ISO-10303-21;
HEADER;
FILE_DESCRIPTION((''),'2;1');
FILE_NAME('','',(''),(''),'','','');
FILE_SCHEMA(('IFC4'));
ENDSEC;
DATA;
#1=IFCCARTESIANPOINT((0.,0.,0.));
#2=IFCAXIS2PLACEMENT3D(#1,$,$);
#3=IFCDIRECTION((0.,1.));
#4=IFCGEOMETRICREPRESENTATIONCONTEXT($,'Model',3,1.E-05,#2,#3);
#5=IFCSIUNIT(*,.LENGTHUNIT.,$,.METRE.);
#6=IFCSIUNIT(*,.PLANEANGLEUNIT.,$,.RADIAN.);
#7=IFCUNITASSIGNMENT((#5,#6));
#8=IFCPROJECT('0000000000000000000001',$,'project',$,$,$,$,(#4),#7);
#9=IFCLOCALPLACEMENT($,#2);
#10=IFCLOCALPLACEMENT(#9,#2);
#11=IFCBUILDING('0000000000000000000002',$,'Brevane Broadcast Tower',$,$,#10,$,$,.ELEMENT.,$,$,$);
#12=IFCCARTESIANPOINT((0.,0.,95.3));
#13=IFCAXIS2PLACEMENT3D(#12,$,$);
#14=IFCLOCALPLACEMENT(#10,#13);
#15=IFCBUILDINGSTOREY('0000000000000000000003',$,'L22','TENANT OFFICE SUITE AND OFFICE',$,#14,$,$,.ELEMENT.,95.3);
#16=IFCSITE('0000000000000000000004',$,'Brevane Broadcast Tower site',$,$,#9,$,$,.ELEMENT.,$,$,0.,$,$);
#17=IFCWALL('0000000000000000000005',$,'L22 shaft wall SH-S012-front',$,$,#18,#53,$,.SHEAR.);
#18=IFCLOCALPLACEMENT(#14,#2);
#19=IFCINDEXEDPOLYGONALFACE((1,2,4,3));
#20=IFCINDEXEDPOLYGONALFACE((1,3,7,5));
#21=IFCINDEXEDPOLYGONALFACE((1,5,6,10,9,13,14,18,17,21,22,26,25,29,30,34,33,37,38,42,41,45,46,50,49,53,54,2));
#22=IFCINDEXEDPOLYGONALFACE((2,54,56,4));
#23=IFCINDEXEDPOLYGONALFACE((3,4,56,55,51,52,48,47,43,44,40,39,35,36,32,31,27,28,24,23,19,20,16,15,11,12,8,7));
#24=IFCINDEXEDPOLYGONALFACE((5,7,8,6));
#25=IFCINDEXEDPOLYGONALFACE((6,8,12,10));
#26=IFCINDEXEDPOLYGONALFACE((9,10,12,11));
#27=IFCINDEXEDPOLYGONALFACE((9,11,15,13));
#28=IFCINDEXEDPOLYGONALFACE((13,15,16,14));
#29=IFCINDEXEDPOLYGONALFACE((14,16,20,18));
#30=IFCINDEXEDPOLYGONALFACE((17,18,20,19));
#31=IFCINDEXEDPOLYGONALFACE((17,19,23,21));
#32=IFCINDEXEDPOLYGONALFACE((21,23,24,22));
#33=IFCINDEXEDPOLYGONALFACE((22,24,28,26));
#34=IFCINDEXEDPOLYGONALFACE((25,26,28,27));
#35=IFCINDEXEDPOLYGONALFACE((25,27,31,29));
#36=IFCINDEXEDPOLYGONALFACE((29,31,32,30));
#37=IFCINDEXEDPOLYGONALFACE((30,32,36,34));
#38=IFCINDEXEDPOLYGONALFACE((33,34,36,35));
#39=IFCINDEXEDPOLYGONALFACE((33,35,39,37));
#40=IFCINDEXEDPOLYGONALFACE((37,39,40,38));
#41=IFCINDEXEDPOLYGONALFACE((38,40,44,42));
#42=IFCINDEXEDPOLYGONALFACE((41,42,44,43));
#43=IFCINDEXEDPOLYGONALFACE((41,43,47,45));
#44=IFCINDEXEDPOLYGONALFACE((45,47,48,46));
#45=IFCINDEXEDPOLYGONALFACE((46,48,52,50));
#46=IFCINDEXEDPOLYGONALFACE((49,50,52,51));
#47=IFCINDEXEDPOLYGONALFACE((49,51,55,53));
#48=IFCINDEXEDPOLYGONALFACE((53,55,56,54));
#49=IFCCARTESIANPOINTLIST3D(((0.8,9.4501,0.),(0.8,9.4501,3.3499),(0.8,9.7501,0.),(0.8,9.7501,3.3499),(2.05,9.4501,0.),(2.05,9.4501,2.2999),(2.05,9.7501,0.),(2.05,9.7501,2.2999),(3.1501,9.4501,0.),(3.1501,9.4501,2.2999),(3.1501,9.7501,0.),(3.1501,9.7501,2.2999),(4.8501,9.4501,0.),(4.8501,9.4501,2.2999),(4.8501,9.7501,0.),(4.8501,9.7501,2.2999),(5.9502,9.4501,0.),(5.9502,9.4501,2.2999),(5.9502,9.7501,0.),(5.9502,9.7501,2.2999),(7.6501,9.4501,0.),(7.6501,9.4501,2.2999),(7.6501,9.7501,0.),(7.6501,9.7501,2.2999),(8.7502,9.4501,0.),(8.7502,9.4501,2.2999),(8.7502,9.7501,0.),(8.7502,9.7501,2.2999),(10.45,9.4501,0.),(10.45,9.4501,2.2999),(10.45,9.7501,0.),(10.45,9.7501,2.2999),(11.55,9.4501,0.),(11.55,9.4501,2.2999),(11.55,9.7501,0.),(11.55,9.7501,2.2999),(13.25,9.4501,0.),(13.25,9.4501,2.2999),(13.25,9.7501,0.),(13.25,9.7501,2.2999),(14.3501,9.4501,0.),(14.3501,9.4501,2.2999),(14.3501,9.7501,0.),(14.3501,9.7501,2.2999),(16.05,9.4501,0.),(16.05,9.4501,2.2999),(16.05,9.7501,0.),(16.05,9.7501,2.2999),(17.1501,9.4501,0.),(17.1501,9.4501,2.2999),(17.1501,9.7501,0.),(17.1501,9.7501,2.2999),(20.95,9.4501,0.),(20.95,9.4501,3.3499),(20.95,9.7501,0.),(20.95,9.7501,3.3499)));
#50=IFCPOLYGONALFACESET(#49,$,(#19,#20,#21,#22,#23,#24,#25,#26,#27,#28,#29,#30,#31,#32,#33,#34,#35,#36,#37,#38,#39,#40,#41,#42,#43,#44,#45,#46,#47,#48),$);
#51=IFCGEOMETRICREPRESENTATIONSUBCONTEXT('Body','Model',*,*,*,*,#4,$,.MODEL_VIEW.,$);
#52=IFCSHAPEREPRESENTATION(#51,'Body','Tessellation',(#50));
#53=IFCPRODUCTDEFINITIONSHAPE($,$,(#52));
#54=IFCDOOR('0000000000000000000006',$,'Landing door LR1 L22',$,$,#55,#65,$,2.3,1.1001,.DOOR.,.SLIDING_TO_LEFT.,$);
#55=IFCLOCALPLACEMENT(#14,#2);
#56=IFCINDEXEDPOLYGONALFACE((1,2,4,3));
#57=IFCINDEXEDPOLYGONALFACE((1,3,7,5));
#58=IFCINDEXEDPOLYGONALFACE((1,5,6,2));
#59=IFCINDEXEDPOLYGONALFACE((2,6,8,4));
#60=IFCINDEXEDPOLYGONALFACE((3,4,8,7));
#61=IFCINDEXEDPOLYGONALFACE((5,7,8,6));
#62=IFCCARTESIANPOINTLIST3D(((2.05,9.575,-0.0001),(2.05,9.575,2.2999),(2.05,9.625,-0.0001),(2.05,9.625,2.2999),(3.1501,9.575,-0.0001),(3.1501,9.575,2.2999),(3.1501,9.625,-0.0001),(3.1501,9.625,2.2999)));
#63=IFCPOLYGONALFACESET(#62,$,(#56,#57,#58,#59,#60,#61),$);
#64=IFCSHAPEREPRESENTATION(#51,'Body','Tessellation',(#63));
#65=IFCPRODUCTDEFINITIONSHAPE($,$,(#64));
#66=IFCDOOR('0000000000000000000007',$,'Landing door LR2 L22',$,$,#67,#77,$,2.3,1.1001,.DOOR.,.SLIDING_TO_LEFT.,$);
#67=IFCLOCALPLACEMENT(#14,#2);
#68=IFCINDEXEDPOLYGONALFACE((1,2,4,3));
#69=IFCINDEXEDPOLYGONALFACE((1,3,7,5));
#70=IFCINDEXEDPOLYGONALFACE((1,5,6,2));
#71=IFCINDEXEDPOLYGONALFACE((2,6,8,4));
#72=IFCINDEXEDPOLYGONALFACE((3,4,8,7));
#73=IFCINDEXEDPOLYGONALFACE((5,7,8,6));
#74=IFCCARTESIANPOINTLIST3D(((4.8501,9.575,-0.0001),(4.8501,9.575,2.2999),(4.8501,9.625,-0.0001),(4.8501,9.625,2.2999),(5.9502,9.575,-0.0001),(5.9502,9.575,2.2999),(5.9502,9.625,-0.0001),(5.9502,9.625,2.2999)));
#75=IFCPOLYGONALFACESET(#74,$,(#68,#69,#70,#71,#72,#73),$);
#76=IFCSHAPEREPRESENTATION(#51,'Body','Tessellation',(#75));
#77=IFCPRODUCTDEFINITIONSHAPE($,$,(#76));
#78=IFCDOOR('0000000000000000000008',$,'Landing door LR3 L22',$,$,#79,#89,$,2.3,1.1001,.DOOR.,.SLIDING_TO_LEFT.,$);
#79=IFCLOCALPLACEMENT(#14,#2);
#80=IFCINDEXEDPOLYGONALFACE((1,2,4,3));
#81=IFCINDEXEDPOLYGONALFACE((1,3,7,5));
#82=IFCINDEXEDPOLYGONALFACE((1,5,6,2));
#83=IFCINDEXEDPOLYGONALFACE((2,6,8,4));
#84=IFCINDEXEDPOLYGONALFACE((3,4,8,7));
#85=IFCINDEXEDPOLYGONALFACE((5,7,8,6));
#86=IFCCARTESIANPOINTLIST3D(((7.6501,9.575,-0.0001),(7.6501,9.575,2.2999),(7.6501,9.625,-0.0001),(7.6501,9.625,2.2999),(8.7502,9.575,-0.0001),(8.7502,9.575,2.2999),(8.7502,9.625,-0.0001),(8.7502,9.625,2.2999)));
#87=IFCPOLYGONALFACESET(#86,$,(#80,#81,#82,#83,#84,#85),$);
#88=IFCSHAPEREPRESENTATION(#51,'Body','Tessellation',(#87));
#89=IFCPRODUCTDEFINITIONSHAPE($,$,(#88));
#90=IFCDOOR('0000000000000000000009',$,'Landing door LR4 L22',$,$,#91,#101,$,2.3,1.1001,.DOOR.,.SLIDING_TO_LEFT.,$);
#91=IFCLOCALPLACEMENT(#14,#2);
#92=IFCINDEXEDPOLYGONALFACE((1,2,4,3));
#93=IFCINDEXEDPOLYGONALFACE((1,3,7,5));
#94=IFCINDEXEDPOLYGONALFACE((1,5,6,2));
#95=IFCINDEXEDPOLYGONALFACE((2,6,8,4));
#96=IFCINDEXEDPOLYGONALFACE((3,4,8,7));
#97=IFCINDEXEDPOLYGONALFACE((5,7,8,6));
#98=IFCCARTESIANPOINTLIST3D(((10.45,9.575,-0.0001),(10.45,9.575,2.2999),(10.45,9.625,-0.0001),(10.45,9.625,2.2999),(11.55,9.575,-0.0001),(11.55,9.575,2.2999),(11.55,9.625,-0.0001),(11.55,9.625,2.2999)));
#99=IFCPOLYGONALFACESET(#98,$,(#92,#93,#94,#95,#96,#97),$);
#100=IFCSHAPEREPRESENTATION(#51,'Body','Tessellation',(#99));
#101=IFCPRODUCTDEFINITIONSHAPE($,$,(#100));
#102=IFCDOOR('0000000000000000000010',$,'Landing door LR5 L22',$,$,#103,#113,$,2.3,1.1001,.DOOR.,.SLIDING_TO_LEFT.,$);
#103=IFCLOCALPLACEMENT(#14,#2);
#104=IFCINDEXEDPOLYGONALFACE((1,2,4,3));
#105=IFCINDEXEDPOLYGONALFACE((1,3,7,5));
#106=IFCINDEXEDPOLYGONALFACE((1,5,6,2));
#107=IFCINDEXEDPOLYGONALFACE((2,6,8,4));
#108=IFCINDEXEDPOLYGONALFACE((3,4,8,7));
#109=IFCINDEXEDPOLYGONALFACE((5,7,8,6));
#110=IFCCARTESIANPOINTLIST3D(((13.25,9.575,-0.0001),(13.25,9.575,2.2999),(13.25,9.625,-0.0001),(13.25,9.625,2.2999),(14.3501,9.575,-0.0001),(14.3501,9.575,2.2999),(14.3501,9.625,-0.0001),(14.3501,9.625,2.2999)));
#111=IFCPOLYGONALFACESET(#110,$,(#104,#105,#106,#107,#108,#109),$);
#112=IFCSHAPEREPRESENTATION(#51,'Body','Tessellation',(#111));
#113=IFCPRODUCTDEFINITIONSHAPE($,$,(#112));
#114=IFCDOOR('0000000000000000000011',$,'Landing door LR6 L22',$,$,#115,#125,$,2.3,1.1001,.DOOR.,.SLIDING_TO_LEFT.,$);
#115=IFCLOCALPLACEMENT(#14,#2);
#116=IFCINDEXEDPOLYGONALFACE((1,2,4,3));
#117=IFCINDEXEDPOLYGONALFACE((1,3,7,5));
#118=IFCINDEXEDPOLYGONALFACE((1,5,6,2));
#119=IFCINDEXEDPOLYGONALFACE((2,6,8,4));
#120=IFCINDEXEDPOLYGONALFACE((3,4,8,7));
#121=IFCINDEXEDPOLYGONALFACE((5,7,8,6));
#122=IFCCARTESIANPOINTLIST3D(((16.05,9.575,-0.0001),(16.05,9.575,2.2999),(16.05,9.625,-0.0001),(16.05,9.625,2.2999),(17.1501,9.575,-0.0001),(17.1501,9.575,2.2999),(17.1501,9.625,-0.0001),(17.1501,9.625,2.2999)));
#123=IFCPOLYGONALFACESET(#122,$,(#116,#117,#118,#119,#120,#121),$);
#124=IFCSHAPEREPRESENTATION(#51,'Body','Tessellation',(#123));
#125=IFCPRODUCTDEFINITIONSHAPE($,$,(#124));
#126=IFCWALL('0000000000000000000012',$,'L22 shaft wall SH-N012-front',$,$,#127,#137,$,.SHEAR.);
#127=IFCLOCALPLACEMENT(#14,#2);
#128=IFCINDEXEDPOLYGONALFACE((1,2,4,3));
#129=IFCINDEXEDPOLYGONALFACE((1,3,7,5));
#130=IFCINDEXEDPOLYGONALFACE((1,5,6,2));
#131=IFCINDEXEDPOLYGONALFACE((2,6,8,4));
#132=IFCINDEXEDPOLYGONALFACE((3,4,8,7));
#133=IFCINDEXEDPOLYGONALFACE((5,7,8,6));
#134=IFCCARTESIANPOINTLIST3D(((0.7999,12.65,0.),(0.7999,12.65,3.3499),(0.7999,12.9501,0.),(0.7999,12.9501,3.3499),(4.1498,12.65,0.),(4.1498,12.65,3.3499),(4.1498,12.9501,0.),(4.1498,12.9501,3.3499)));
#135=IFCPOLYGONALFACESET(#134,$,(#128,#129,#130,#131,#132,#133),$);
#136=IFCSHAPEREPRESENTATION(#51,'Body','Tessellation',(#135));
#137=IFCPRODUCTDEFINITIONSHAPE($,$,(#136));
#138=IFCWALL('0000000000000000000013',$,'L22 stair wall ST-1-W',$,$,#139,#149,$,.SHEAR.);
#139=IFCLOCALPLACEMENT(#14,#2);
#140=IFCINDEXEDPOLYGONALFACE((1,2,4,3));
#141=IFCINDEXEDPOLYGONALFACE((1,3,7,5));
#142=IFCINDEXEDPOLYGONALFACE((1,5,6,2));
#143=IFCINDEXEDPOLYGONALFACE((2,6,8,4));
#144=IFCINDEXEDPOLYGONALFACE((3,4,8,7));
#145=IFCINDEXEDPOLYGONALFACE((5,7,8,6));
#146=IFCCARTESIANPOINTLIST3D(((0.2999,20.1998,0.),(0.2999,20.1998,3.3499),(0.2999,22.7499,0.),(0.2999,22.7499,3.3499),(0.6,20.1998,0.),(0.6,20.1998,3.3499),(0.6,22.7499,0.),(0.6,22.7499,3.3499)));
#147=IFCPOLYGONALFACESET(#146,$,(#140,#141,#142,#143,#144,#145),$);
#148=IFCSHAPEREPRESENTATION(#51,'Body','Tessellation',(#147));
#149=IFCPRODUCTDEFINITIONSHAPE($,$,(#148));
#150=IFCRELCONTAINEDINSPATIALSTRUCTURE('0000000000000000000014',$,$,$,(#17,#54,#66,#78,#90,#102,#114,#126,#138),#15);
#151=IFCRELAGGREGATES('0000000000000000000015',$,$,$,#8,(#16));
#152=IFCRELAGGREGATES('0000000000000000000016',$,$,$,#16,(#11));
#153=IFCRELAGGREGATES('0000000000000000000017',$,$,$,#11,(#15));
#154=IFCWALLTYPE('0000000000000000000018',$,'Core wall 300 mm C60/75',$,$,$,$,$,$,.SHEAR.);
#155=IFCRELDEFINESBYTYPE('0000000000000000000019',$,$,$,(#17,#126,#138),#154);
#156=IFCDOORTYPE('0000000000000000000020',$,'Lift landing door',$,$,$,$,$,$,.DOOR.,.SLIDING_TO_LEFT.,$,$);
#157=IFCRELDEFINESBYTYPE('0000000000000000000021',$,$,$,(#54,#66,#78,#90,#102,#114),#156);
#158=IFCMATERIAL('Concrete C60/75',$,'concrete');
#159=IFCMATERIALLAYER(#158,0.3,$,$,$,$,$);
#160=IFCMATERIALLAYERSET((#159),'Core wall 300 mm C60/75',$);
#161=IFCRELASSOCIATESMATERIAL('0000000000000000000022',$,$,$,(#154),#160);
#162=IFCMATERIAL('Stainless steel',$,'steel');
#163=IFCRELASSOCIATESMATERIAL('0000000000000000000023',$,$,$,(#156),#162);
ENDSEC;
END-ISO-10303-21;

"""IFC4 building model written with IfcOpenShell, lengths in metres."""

from ifc_helpers import new_model, si_unit, direction, frame, frame_2d, origin, place, context, subcontext, project, spatial, rectangle, extrude, material, layer, layer_set, type_object, element, fill, save


model = new_model("IFC4")

# Units and contexts
model_context = context("Model", 3, precision=1e-05, world=origin(), true_north=direction((0.0, 1.0)))
body_context = subcontext(model_context, "Body", "Model", "MODEL_VIEW")
ifc_project = project(units=[si_unit("LENGTHUNIT", "METRE"), si_unit("PLANEANGLEUNIT", "RADIAN")], contexts=[model_context])

# Site, building, storey
site_placement = place(None, origin())
site = spatial("IfcSite", under=ifc_project, at=site_placement, Name="Brevane Broadcast Tower site", CompositionType="ELEMENT", RefElevation=0.0)
building_placement = place(site_placement, origin())
building = spatial("IfcBuilding", under=site, at=building_placement, Name="Brevane Broadcast Tower", CompositionType="ELEMENT")
storey_placement = place(building_placement, frame((0.0, 0.0, 95.3)))
storey = spatial("IfcBuildingStorey", under=building, at=storey_placement, Name="L22", Description="TENANT OFFICE SUITE AND OFFICE", CompositionType="ELEMENT", Elevation=95.3)

# Wall, openings, doors
ifc_material_1 = material(Name="Concrete C60/75", Category="concrete")
ifc_layer_1 = layer(ifc_material_1, 0.3)
ifc_layer_set_1 = layer_set([ifc_layer_1], Name="Core wall 300 mm C60/75")
wall_type_1 = type_object("IfcWallType", Name="Core wall 300 mm C60/75", PredefinedType="SHEAR", material=ifc_layer_set_1)
wall_1_placement = place(storey_placement, frame((0.8, 9.6001, 0.0), z_axis=(0.0, 0.0, 1.0), x_axis=(1.0, 0.0, 0.0)))
wall_1 = element("IfcWall", 1, at=wall_1_placement, inside=storey, type_object=wall_type_1, Name="L22 shaft wall SH-S012-front", PredefinedType="SHEAR", context=body_context, shape_type="SweptSolid", body=[
    extrude(rectangle(XDim=20.1499, YDim=0.3, at=frame_2d((10.075, 0.0))), origin(), (0.0, 0.0, 1.0), 3.3499),
])
opening_1_placement = place(wall_1_placement, frame((1.25, 0.0, 0.0)))
opening_1 = element("IfcOpeningElement", 2, at=opening_1_placement, cuts=wall_1, PredefinedType="OPENING", context=body_context, shape_type="SweptSolid", body=[
    extrude(rectangle(XDim=1.1001, YDim=2.3, at=frame_2d((0.55, 1.1499))), frame((0.0, 0.1599, 0.0), z_axis=(0.0, -1.0, 0.0), x_axis=(1.0, 0.0, 0.0)), (0.0, 0.0, 1.0), 0.3201),
])
opening_2_placement = place(wall_1_placement, frame((4.05, 0.0, 0.0)))
opening_2 = element("IfcOpeningElement", 3, at=opening_2_placement, cuts=wall_1, PredefinedType="OPENING", context=body_context, shape_type="SweptSolid", body=[
    extrude(rectangle(XDim=1.1001, YDim=2.3, at=frame_2d((0.55, 1.1499))), frame((0.0, 0.1599, 0.0), z_axis=(0.0, -1.0, 0.0), x_axis=(1.0, 0.0, 0.0)), (0.0, 0.0, 1.0), 0.3201),
])
opening_3_placement = place(wall_1_placement, frame((6.8501, 0.0, 0.0)))
opening_3 = element("IfcOpeningElement", 4, at=opening_3_placement, cuts=wall_1, PredefinedType="OPENING", context=body_context, shape_type="SweptSolid", body=[
    extrude(rectangle(XDim=1.1001, YDim=2.3, at=frame_2d((0.55, 1.1499))), frame((0.0, 0.1599, 0.0), z_axis=(0.0, -1.0, 0.0), x_axis=(1.0, 0.0, 0.0)), (0.0, 0.0, 1.0), 0.3201),
])
opening_4_placement = place(wall_1_placement, frame((9.6499, 0.0, 0.0)))
opening_4 = element("IfcOpeningElement", 5, at=opening_4_placement, cuts=wall_1, PredefinedType="OPENING", context=body_context, shape_type="SweptSolid", body=[
    extrude(rectangle(XDim=1.1001, YDim=2.3, at=frame_2d((0.55, 1.1499))), frame((0.0, 0.1599, 0.0), z_axis=(0.0, -1.0, 0.0), x_axis=(1.0, 0.0, 0.0)), (0.0, 0.0, 1.0), 0.3201),
])
opening_5_placement = place(wall_1_placement, frame((12.45, 0.0, 0.0)))
opening_5 = element("IfcOpeningElement", 6, at=opening_5_placement, cuts=wall_1, PredefinedType="OPENING", context=body_context, shape_type="SweptSolid", body=[
    extrude(rectangle(XDim=1.1001, YDim=2.3, at=frame_2d((0.55, 1.1499))), frame((0.0, 0.1599, 0.0), z_axis=(0.0, -1.0, 0.0), x_axis=(1.0, 0.0, 0.0)), (0.0, 0.0, 1.0), 0.3201),
])
opening_6_placement = place(wall_1_placement, frame((15.25, 0.0, 0.0)))
opening_6 = element("IfcOpeningElement", 7, at=opening_6_placement, cuts=wall_1, PredefinedType="OPENING", context=body_context, shape_type="SweptSolid", body=[
    extrude(rectangle(XDim=1.1001, YDim=2.3, at=frame_2d((0.55, 1.1499))), frame((0.0, 0.1599, 0.0), z_axis=(0.0, -1.0, 0.0), x_axis=(1.0, 0.0, 0.0)), (0.0, 0.0, 1.0), 0.3201),
])
ifc_material_2 = material(Name="Stainless steel", Category="steel")
door_type = type_object("IfcDoorType", Name="Lift landing door", OperationType="SLIDING_TO_LEFT", PredefinedType="DOOR", material=ifc_material_2)
door_1_placement = place(opening_1_placement, origin())
door_1 = element("IfcDoor", 8, at=door_1_placement, inside=storey, type_object=door_type, Name="Landing door LR1 L22", OperationType="SLIDING_TO_LEFT", OverallHeight=2.3, OverallWidth=1.1001, PredefinedType="DOOR", context=body_context, shape_type="SweptSolid", body=[
    extrude(rectangle(XDim=1.1001, YDim=2.3, at=frame_2d((0.55, 1.1499))), frame((0.0, 0.0249, 0.0), z_axis=(0.0, -1.0, 0.0), x_axis=(1.0, 0.0, 0.0)), (0.0, 0.0, 1.0), 0.05),
])
fill(opening_1, door_1)
door_2_placement = place(opening_2_placement, origin())
door_2 = element("IfcDoor", 9, at=door_2_placement, inside=storey, type_object=door_type, Name="Landing door LR2 L22", OperationType="SLIDING_TO_LEFT", OverallHeight=2.3, OverallWidth=1.1001, PredefinedType="DOOR", context=body_context, shape_type="SweptSolid", body=[
    extrude(rectangle(XDim=1.1001, YDim=2.3, at=frame_2d((0.55, 1.1499))), frame((0.0, 0.0249, 0.0), z_axis=(0.0, -1.0, 0.0), x_axis=(1.0, 0.0, 0.0)), (0.0, 0.0, 1.0), 0.05),
])
fill(opening_2, door_2)
door_3_placement = place(opening_3_placement, origin())
door_3 = element("IfcDoor", 10, at=door_3_placement, inside=storey, type_object=door_type, Name="Landing door LR3 L22", OperationType="SLIDING_TO_LEFT", OverallHeight=2.3, OverallWidth=1.1001, PredefinedType="DOOR", context=body_context, shape_type="SweptSolid", body=[
    extrude(rectangle(XDim=1.1001, YDim=2.3, at=frame_2d((0.55, 1.1499))), frame((0.0, 0.0249, 0.0), z_axis=(0.0, -1.0, 0.0), x_axis=(1.0, 0.0, 0.0)), (0.0, 0.0, 1.0), 0.05),
])
fill(opening_3, door_3)
door_4_placement = place(opening_4_placement, origin())
door_4 = element("IfcDoor", 11, at=door_4_placement, inside=storey, type_object=door_type, Name="Landing door LR4 L22", OperationType="SLIDING_TO_LEFT", OverallHeight=2.3, OverallWidth=1.1001, PredefinedType="DOOR", context=body_context, shape_type="SweptSolid", body=[
    extrude(rectangle(XDim=1.1001, YDim=2.3, at=frame_2d((0.55, 1.1499))), frame((0.0, 0.0249, 0.0), z_axis=(0.0, -1.0, 0.0), x_axis=(1.0, 0.0, 0.0)), (0.0, 0.0, 1.0), 0.05),
])
fill(opening_4, door_4)
door_5_placement = place(opening_5_placement, origin())
door_5 = element("IfcDoor", 12, at=door_5_placement, inside=storey, type_object=door_type, Name="Landing door LR5 L22", OperationType="SLIDING_TO_LEFT", OverallHeight=2.3, OverallWidth=1.1001, PredefinedType="DOOR", context=body_context, shape_type="SweptSolid", body=[
    extrude(rectangle(XDim=1.1001, YDim=2.3, at=frame_2d((0.55, 1.1499))), frame((0.0, 0.0249, 0.0), z_axis=(0.0, -1.0, 0.0), x_axis=(1.0, 0.0, 0.0)), (0.0, 0.0, 1.0), 0.05),
])
fill(opening_5, door_5)
door_6_placement = place(opening_6_placement, origin())
door_6 = element("IfcDoor", 13, at=door_6_placement, inside=storey, type_object=door_type, Name="Landing door LR6 L22", OperationType="SLIDING_TO_LEFT", OverallHeight=2.3, OverallWidth=1.1001, PredefinedType="DOOR", context=body_context, shape_type="SweptSolid", body=[
    extrude(rectangle(XDim=1.1001, YDim=2.3, at=frame_2d((0.55, 1.1499))), frame((0.0, 0.0249, 0.0), z_axis=(0.0, -1.0, 0.0), x_axis=(1.0, 0.0, 0.0)), (0.0, 0.0, 1.0), 0.05),
])
fill(opening_6, door_6)

# Walls
wall_2_placement = place(storey_placement, frame((0.8, 12.8, 0.0), z_axis=(0.0, 0.0, 1.0), x_axis=(1.0, 0.0, 0.0)))
element("IfcWall", 14, at=wall_2_placement, inside=storey, type_object=wall_type_1, Name="L22 shaft wall SH-N012-front", PredefinedType="SHEAR", context=body_context, shape_type="SweptSolid", body=[
    extrude(rectangle(XDim=3.3499, YDim=0.3, at=frame_2d((1.6748, 0.0))), origin(), (0.0, 0.0, 1.0), 3.3499),
])
wall_3_placement = place(storey_placement, frame((0.45, 20.2, 0.0), z_axis=(0.0, 0.0, 1.0), x_axis=(0.0, 1.0, 0.0)))
element("IfcWall", 15, at=wall_3_placement, inside=storey, type_object=wall_type_1, Name="L22 stair wall ST-1-W", PredefinedType="SHEAR", context=body_context, shape_type="SweptSolid", body=[
    extrude(rectangle(XDim=2.55, YDim=0.3, at=frame_2d((1.2749, 0.0))), origin(), (0.0, 0.0, 1.0), 3.3499),
])

save(model, "model.ifc")
